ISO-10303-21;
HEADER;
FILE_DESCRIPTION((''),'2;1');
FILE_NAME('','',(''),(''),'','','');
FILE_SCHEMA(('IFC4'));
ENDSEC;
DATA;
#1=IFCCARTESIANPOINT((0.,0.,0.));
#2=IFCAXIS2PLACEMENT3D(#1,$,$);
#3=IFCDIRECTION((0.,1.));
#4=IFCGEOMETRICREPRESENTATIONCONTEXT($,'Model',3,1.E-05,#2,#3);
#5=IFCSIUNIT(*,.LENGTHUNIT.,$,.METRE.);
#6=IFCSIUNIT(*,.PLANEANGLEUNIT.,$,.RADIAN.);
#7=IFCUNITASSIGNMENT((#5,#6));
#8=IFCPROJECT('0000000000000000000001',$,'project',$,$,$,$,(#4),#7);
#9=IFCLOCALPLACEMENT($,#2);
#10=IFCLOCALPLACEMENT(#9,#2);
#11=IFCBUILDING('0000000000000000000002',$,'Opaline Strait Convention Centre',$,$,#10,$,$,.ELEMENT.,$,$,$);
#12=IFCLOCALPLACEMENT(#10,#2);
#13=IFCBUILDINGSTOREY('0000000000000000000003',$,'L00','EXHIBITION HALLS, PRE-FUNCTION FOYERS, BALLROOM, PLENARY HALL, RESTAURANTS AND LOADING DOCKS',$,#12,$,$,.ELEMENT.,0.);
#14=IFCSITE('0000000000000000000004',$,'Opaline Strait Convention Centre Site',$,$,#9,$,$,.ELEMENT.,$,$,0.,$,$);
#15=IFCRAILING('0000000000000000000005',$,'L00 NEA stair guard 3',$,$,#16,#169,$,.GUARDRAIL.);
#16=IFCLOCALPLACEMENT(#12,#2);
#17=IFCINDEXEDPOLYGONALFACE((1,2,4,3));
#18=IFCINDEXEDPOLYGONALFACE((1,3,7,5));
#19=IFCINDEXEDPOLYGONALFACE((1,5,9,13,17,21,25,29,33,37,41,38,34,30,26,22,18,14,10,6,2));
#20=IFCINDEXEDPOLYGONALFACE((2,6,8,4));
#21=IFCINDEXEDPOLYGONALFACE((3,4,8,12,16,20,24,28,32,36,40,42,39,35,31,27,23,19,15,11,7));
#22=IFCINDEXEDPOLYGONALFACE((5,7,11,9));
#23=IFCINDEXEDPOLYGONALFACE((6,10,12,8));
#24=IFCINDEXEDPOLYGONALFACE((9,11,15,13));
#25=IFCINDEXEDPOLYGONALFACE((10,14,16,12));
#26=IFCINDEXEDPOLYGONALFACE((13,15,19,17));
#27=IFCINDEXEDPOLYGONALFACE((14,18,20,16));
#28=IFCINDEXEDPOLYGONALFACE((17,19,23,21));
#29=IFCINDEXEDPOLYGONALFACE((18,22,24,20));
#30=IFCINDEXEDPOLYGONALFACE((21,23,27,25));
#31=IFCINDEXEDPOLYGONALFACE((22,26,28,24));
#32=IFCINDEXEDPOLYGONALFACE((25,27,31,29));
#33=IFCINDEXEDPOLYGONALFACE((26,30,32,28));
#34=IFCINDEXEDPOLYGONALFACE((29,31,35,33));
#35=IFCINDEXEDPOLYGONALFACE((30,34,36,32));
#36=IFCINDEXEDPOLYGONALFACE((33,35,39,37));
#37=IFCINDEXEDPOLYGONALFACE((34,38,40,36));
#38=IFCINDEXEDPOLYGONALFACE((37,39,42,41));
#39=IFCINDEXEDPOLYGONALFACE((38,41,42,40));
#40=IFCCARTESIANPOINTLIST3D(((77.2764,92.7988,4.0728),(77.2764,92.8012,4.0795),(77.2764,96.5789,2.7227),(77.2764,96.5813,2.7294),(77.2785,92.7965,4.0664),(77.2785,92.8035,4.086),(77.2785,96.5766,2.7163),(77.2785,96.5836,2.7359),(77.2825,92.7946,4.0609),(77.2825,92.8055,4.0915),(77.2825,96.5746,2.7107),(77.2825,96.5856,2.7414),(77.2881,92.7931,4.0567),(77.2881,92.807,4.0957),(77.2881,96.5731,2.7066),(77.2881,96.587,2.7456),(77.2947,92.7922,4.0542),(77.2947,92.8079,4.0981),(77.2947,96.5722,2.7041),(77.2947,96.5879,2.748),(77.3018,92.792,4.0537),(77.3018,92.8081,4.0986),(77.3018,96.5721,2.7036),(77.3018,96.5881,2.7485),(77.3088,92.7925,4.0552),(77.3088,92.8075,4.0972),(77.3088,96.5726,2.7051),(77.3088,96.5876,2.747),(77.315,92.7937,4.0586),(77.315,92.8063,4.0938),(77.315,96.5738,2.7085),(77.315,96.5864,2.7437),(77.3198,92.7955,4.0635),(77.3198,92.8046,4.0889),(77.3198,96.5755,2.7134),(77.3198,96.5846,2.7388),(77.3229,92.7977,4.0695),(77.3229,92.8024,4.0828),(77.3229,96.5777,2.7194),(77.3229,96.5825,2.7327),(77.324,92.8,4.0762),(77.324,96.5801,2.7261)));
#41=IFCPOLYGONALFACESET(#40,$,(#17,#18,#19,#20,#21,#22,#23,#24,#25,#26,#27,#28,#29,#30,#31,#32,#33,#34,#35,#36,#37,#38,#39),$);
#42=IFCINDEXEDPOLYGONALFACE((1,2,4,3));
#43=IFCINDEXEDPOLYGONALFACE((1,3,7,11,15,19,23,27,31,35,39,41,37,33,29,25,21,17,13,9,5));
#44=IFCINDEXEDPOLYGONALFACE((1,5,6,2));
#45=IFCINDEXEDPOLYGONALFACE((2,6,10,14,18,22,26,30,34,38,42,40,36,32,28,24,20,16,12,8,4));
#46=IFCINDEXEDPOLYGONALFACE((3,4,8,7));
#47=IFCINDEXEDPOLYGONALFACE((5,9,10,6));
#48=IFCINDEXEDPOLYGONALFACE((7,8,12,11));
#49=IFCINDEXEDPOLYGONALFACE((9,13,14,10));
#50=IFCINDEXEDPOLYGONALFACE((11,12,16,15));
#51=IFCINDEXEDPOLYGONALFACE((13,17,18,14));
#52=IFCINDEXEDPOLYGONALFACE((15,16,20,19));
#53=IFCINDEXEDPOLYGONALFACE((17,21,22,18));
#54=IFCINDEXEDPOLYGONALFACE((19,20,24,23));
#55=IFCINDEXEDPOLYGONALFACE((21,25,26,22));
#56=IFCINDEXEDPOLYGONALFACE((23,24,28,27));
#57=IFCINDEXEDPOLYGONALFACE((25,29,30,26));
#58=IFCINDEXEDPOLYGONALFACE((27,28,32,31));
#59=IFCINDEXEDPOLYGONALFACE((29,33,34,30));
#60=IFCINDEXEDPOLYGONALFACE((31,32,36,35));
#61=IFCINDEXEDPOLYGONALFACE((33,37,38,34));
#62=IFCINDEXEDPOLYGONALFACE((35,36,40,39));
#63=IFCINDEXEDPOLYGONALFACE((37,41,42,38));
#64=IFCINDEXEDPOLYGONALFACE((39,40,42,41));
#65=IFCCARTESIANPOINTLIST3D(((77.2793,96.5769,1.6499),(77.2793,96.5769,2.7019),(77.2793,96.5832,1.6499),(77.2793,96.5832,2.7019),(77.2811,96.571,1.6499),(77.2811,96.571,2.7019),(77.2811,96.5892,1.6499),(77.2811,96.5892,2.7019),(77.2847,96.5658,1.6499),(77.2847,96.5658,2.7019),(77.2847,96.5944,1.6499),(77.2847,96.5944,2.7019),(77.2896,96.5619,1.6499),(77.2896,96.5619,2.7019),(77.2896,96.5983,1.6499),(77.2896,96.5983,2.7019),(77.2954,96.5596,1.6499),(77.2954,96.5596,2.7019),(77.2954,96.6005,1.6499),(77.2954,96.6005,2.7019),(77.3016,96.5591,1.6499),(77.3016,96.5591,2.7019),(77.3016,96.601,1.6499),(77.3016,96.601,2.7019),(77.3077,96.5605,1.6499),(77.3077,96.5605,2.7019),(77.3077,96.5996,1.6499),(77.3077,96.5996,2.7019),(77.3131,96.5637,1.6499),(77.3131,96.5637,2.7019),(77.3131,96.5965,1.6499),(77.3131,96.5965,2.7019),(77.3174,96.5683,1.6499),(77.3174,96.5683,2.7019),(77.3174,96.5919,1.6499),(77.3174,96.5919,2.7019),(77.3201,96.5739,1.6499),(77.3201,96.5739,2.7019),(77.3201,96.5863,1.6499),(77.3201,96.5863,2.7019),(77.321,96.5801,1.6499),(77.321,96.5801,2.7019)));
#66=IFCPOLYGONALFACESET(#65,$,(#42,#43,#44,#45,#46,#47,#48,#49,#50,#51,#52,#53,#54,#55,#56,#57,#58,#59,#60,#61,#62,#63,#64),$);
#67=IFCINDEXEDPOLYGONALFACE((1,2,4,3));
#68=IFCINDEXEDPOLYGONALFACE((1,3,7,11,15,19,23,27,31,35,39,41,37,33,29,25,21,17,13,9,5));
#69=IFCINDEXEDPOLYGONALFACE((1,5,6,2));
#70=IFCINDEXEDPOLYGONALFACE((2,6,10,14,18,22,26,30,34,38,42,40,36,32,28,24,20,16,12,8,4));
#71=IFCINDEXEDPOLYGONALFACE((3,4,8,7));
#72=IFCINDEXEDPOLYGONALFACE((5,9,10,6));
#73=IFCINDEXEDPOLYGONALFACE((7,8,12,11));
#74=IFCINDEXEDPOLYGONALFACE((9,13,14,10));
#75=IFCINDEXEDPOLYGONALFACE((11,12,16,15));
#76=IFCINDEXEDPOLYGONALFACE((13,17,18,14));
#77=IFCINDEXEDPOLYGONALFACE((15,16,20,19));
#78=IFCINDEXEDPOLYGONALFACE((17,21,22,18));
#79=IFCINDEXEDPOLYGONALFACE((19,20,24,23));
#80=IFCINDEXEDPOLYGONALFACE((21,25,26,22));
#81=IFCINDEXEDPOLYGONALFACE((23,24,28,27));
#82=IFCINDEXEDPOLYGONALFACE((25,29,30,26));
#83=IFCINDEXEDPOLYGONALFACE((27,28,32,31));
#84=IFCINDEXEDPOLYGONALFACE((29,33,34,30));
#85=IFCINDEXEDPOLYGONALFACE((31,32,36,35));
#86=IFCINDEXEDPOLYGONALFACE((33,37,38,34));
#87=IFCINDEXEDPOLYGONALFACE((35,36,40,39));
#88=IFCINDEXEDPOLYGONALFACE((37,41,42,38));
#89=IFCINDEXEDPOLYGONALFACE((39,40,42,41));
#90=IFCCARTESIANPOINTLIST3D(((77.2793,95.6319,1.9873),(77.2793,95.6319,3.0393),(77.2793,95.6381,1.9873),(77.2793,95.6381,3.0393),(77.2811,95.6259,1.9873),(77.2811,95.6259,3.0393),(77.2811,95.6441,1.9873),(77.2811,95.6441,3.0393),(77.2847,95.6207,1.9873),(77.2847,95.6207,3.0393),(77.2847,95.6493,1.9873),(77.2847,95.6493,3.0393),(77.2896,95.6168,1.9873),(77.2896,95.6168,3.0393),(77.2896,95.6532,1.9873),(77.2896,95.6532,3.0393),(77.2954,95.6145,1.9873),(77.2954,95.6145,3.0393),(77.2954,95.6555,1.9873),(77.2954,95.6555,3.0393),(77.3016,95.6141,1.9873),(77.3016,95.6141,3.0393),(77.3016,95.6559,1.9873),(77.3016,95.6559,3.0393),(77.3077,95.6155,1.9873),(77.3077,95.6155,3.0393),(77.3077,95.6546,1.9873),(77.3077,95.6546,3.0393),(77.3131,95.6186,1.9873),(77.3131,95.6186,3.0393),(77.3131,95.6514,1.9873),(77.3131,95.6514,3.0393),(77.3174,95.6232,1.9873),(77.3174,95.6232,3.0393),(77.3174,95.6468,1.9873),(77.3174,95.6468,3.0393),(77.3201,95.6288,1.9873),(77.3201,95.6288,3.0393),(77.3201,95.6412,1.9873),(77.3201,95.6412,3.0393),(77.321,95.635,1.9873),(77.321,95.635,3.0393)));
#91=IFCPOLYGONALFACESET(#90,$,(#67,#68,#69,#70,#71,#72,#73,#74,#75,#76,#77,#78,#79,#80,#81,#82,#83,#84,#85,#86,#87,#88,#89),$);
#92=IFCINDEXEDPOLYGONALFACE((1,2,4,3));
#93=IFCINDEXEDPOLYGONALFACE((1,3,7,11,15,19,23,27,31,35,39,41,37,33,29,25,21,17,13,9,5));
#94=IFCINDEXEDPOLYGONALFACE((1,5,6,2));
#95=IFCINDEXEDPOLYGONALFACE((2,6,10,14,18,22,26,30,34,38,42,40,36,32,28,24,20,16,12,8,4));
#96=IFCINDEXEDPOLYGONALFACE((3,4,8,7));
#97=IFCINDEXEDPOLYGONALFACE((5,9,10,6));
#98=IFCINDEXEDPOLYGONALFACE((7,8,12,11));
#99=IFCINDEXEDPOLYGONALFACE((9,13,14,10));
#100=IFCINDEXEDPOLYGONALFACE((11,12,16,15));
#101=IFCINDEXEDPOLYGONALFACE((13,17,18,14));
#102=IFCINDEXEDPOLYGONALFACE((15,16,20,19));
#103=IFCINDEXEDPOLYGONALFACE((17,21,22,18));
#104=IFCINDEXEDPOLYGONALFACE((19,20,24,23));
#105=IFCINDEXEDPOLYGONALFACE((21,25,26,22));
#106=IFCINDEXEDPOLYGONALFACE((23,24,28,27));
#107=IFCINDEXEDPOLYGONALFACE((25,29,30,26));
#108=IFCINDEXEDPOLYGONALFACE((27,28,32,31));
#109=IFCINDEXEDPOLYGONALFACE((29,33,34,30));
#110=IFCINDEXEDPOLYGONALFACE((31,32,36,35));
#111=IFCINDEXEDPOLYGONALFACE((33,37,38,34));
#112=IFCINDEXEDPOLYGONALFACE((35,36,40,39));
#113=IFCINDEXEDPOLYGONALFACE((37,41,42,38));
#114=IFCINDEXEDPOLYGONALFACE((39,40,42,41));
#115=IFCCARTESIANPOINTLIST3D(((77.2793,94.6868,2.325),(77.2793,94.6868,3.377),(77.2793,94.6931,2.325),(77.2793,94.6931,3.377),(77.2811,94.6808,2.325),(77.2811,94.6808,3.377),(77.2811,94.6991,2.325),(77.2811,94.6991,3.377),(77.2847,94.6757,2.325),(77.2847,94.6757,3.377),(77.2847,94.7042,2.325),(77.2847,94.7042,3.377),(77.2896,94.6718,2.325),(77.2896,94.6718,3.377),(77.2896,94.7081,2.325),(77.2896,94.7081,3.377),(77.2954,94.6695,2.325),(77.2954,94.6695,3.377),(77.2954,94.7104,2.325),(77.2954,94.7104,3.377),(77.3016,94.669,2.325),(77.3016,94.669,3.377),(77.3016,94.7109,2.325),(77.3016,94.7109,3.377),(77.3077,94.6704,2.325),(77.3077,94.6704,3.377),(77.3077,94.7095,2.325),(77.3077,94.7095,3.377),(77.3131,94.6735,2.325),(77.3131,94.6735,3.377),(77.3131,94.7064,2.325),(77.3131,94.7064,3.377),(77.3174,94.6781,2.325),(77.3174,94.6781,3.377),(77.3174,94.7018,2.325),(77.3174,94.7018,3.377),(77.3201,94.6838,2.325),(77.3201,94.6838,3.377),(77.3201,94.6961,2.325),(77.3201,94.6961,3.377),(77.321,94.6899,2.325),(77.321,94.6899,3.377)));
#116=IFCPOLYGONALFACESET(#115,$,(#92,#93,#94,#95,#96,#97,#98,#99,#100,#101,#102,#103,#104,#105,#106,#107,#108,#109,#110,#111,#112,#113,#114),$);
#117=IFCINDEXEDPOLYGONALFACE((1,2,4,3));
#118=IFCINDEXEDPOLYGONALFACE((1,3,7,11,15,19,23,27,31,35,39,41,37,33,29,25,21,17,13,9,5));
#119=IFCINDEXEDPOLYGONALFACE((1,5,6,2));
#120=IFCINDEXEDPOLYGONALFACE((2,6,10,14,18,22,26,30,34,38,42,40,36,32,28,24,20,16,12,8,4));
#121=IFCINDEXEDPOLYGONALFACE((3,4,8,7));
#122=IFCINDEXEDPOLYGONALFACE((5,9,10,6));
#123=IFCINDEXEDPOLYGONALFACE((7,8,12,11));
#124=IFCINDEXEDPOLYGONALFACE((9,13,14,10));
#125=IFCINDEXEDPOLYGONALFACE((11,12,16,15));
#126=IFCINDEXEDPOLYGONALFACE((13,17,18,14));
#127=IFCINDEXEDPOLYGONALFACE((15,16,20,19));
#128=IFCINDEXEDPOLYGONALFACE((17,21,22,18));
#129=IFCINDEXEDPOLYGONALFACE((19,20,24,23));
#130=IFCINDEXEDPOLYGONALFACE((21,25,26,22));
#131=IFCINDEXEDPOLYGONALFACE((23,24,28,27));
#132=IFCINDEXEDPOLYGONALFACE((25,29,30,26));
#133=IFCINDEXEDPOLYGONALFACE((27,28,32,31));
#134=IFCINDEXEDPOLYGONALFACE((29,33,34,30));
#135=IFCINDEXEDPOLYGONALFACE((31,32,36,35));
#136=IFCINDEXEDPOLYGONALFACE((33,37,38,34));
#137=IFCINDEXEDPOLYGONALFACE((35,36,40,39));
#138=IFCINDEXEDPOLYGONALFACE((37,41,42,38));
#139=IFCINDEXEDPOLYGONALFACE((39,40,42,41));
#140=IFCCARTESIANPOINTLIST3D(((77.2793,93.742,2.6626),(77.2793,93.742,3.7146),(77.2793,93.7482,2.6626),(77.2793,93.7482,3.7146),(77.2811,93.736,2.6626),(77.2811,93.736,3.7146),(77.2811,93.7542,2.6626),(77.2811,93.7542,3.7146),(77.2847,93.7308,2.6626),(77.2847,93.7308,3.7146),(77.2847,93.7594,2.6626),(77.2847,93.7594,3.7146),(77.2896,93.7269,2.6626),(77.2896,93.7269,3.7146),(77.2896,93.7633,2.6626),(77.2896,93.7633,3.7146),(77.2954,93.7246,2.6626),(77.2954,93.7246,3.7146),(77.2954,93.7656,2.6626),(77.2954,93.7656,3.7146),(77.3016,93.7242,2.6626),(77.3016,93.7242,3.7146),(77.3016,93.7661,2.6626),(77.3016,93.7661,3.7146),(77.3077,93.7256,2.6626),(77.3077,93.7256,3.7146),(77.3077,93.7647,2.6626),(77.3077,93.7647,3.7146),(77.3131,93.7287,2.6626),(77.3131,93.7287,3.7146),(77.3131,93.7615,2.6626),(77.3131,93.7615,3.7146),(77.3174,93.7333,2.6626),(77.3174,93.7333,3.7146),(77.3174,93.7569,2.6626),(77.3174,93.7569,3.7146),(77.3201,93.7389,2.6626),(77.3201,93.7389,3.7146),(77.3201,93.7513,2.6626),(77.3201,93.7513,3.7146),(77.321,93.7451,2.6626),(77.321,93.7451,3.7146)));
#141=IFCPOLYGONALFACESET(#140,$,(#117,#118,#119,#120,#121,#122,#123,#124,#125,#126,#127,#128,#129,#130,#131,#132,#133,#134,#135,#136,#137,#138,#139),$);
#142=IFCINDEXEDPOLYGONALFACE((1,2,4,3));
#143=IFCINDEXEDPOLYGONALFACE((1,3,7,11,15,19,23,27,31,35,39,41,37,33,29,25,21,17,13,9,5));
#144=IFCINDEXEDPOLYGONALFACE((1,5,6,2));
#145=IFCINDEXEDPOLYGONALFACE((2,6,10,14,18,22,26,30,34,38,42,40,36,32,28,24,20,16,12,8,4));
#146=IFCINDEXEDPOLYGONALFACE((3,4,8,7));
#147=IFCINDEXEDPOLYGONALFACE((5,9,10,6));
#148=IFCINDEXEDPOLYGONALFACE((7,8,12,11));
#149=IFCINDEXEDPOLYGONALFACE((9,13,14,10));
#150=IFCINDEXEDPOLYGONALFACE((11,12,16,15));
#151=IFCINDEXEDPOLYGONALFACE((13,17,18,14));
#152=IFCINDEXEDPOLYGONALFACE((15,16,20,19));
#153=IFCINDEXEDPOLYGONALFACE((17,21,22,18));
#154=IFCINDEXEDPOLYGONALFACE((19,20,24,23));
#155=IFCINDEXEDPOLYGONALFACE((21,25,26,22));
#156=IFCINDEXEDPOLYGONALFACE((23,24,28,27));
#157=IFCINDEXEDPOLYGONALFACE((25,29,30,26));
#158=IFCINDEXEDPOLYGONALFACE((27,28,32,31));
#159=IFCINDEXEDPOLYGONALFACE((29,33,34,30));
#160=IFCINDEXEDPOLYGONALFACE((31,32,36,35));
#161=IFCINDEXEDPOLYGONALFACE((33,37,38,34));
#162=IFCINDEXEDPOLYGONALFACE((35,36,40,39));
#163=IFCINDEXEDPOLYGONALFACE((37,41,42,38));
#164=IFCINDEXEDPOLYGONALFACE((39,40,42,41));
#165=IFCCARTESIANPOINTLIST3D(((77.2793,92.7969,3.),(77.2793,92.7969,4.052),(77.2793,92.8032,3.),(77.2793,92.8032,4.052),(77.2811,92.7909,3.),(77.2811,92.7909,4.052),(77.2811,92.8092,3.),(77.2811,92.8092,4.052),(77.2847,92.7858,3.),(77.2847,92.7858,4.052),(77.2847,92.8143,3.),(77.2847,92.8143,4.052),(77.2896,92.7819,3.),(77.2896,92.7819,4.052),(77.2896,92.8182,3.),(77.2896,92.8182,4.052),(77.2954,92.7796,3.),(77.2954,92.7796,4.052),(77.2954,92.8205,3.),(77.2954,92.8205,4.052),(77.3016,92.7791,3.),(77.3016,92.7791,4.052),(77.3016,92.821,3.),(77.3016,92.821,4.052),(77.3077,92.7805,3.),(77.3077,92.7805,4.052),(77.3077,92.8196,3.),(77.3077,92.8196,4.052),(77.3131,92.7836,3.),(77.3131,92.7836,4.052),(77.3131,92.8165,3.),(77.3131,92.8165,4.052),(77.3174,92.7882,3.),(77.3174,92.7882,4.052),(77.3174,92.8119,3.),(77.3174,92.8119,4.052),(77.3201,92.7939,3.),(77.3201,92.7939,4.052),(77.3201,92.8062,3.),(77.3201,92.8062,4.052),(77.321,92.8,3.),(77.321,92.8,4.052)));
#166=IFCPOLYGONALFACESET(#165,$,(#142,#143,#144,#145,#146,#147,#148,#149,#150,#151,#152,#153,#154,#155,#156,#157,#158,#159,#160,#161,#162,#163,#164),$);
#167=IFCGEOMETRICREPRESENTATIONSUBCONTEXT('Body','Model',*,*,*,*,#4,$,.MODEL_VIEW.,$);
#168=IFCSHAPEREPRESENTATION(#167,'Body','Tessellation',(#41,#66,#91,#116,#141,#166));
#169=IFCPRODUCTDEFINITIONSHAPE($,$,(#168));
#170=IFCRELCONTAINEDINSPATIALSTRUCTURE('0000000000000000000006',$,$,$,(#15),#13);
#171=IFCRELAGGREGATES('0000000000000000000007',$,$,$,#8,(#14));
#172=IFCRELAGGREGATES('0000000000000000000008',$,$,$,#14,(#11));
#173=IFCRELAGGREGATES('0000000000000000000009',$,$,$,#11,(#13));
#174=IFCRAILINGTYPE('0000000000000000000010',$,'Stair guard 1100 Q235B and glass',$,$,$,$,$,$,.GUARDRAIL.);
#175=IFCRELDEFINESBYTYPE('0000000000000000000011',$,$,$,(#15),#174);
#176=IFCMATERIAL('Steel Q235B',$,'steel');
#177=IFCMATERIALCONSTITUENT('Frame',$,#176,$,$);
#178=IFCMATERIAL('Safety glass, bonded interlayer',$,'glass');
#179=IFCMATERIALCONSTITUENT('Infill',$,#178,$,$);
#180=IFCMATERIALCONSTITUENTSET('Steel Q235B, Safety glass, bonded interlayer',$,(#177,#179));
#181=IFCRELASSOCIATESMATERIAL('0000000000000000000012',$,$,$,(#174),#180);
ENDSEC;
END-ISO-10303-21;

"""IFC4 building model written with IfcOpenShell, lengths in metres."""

from ifc_helpers import new_model, si_unit, direction, frame, origin, origin_2d, place, context, subcontext, project, spatial, circle, extrude, material, constituent, constituent_set, type_object, element, save


model = new_model("IFC4")

# Units and contexts
model_context = context("Model", 3, precision=1e-05, world=origin(), true_north=direction((0.0, 1.0)))
body_context = subcontext(model_context, "Body", "Model", "MODEL_VIEW")
ifc_project = project(units=[si_unit("LENGTHUNIT", "METRE"), si_unit("PLANEANGLEUNIT", "RADIAN")], contexts=[model_context])

# Site, building, storey
site_placement = place(None, origin())
site = spatial("IfcSite", under=ifc_project, at=site_placement, Name="Opaline Strait Convention Centre Site", CompositionType="ELEMENT", RefElevation=0.0)
building_placement = place(site_placement, origin())
building = spatial("IfcBuilding", under=site, at=building_placement, Name="Opaline Strait Convention Centre", CompositionType="ELEMENT")
storey_placement = place(building_placement, origin())
storey = spatial("IfcBuildingStorey", under=building, at=storey_placement, Name="L00", Description="EXHIBITION HALLS, PRE-FUNCTION FOYERS, BALLROOM, PLENARY HALL, RESTAURANTS AND LOADING DOCKS", CompositionType="ELEMENT", Elevation=0.0)

# Railing
ifc_material_1 = material(Name="Steel Q235B", Category="steel")
ifc_constituent_1 = constituent(ifc_material_1, Name="Frame")
ifc_material_2 = material(Name="Safety glass, bonded interlayer", Category="glass")
ifc_constituent_2 = constituent(ifc_material_2, Name="Infill")
ifc_constituent_set = constituent_set(constituents=[ifc_constituent_1, ifc_constituent_2], Name="Steel Q235B, Safety glass, bonded interlayer")
railing_type_1 = type_object("IfcRailingType", Name="Stair guard 1100 Q235B and glass", PredefinedType="GUARDRAIL", material=ifc_constituent_set)
railing_1_placement = place(storey_placement, frame((77.3, 96.5801, 1.6499)))
element("IfcRailing", 1, at=railing_1_placement, inside=storey, type_object=railing_type_1, Name="L00 NEA stair guard 3", PredefinedType="GUARDRAIL", context=body_context, shape_type="SweptSolid", body=[
    extrude(circle(Radius=0.0239, at=origin_2d()), frame((0.0, 0.0, 1.0762), z_axis=(0.0, -0.941735, 0.336356), x_axis=(1.0, 0.0, 0.0)), (0.0, 0.0, 1.0), 4.0139),
    extrude(circle(Radius=0.021, at=origin_2d()), origin(), (0.0, 0.0, 1.0), 1.052),
    extrude(circle(Radius=0.021, at=origin_2d()), frame((0.0, -0.9451, 0.3374)), (0.0, 0.0, 1.0), 1.052),
    extrude(circle(Radius=0.021, at=origin_2d()), frame((0.0, -1.8901, 0.675)), (0.0, 0.0, 1.0), 1.052),
    extrude(circle(Radius=0.021, at=origin_2d()), frame((0.0, -2.835, 1.0127)), (0.0, 0.0, 1.0), 1.052),
    extrude(circle(Radius=0.021, at=origin_2d()), frame((0.0, -3.78, 1.3501)), (0.0, 0.0, 1.0), 1.052),
])

save(model, "model.ifc")
